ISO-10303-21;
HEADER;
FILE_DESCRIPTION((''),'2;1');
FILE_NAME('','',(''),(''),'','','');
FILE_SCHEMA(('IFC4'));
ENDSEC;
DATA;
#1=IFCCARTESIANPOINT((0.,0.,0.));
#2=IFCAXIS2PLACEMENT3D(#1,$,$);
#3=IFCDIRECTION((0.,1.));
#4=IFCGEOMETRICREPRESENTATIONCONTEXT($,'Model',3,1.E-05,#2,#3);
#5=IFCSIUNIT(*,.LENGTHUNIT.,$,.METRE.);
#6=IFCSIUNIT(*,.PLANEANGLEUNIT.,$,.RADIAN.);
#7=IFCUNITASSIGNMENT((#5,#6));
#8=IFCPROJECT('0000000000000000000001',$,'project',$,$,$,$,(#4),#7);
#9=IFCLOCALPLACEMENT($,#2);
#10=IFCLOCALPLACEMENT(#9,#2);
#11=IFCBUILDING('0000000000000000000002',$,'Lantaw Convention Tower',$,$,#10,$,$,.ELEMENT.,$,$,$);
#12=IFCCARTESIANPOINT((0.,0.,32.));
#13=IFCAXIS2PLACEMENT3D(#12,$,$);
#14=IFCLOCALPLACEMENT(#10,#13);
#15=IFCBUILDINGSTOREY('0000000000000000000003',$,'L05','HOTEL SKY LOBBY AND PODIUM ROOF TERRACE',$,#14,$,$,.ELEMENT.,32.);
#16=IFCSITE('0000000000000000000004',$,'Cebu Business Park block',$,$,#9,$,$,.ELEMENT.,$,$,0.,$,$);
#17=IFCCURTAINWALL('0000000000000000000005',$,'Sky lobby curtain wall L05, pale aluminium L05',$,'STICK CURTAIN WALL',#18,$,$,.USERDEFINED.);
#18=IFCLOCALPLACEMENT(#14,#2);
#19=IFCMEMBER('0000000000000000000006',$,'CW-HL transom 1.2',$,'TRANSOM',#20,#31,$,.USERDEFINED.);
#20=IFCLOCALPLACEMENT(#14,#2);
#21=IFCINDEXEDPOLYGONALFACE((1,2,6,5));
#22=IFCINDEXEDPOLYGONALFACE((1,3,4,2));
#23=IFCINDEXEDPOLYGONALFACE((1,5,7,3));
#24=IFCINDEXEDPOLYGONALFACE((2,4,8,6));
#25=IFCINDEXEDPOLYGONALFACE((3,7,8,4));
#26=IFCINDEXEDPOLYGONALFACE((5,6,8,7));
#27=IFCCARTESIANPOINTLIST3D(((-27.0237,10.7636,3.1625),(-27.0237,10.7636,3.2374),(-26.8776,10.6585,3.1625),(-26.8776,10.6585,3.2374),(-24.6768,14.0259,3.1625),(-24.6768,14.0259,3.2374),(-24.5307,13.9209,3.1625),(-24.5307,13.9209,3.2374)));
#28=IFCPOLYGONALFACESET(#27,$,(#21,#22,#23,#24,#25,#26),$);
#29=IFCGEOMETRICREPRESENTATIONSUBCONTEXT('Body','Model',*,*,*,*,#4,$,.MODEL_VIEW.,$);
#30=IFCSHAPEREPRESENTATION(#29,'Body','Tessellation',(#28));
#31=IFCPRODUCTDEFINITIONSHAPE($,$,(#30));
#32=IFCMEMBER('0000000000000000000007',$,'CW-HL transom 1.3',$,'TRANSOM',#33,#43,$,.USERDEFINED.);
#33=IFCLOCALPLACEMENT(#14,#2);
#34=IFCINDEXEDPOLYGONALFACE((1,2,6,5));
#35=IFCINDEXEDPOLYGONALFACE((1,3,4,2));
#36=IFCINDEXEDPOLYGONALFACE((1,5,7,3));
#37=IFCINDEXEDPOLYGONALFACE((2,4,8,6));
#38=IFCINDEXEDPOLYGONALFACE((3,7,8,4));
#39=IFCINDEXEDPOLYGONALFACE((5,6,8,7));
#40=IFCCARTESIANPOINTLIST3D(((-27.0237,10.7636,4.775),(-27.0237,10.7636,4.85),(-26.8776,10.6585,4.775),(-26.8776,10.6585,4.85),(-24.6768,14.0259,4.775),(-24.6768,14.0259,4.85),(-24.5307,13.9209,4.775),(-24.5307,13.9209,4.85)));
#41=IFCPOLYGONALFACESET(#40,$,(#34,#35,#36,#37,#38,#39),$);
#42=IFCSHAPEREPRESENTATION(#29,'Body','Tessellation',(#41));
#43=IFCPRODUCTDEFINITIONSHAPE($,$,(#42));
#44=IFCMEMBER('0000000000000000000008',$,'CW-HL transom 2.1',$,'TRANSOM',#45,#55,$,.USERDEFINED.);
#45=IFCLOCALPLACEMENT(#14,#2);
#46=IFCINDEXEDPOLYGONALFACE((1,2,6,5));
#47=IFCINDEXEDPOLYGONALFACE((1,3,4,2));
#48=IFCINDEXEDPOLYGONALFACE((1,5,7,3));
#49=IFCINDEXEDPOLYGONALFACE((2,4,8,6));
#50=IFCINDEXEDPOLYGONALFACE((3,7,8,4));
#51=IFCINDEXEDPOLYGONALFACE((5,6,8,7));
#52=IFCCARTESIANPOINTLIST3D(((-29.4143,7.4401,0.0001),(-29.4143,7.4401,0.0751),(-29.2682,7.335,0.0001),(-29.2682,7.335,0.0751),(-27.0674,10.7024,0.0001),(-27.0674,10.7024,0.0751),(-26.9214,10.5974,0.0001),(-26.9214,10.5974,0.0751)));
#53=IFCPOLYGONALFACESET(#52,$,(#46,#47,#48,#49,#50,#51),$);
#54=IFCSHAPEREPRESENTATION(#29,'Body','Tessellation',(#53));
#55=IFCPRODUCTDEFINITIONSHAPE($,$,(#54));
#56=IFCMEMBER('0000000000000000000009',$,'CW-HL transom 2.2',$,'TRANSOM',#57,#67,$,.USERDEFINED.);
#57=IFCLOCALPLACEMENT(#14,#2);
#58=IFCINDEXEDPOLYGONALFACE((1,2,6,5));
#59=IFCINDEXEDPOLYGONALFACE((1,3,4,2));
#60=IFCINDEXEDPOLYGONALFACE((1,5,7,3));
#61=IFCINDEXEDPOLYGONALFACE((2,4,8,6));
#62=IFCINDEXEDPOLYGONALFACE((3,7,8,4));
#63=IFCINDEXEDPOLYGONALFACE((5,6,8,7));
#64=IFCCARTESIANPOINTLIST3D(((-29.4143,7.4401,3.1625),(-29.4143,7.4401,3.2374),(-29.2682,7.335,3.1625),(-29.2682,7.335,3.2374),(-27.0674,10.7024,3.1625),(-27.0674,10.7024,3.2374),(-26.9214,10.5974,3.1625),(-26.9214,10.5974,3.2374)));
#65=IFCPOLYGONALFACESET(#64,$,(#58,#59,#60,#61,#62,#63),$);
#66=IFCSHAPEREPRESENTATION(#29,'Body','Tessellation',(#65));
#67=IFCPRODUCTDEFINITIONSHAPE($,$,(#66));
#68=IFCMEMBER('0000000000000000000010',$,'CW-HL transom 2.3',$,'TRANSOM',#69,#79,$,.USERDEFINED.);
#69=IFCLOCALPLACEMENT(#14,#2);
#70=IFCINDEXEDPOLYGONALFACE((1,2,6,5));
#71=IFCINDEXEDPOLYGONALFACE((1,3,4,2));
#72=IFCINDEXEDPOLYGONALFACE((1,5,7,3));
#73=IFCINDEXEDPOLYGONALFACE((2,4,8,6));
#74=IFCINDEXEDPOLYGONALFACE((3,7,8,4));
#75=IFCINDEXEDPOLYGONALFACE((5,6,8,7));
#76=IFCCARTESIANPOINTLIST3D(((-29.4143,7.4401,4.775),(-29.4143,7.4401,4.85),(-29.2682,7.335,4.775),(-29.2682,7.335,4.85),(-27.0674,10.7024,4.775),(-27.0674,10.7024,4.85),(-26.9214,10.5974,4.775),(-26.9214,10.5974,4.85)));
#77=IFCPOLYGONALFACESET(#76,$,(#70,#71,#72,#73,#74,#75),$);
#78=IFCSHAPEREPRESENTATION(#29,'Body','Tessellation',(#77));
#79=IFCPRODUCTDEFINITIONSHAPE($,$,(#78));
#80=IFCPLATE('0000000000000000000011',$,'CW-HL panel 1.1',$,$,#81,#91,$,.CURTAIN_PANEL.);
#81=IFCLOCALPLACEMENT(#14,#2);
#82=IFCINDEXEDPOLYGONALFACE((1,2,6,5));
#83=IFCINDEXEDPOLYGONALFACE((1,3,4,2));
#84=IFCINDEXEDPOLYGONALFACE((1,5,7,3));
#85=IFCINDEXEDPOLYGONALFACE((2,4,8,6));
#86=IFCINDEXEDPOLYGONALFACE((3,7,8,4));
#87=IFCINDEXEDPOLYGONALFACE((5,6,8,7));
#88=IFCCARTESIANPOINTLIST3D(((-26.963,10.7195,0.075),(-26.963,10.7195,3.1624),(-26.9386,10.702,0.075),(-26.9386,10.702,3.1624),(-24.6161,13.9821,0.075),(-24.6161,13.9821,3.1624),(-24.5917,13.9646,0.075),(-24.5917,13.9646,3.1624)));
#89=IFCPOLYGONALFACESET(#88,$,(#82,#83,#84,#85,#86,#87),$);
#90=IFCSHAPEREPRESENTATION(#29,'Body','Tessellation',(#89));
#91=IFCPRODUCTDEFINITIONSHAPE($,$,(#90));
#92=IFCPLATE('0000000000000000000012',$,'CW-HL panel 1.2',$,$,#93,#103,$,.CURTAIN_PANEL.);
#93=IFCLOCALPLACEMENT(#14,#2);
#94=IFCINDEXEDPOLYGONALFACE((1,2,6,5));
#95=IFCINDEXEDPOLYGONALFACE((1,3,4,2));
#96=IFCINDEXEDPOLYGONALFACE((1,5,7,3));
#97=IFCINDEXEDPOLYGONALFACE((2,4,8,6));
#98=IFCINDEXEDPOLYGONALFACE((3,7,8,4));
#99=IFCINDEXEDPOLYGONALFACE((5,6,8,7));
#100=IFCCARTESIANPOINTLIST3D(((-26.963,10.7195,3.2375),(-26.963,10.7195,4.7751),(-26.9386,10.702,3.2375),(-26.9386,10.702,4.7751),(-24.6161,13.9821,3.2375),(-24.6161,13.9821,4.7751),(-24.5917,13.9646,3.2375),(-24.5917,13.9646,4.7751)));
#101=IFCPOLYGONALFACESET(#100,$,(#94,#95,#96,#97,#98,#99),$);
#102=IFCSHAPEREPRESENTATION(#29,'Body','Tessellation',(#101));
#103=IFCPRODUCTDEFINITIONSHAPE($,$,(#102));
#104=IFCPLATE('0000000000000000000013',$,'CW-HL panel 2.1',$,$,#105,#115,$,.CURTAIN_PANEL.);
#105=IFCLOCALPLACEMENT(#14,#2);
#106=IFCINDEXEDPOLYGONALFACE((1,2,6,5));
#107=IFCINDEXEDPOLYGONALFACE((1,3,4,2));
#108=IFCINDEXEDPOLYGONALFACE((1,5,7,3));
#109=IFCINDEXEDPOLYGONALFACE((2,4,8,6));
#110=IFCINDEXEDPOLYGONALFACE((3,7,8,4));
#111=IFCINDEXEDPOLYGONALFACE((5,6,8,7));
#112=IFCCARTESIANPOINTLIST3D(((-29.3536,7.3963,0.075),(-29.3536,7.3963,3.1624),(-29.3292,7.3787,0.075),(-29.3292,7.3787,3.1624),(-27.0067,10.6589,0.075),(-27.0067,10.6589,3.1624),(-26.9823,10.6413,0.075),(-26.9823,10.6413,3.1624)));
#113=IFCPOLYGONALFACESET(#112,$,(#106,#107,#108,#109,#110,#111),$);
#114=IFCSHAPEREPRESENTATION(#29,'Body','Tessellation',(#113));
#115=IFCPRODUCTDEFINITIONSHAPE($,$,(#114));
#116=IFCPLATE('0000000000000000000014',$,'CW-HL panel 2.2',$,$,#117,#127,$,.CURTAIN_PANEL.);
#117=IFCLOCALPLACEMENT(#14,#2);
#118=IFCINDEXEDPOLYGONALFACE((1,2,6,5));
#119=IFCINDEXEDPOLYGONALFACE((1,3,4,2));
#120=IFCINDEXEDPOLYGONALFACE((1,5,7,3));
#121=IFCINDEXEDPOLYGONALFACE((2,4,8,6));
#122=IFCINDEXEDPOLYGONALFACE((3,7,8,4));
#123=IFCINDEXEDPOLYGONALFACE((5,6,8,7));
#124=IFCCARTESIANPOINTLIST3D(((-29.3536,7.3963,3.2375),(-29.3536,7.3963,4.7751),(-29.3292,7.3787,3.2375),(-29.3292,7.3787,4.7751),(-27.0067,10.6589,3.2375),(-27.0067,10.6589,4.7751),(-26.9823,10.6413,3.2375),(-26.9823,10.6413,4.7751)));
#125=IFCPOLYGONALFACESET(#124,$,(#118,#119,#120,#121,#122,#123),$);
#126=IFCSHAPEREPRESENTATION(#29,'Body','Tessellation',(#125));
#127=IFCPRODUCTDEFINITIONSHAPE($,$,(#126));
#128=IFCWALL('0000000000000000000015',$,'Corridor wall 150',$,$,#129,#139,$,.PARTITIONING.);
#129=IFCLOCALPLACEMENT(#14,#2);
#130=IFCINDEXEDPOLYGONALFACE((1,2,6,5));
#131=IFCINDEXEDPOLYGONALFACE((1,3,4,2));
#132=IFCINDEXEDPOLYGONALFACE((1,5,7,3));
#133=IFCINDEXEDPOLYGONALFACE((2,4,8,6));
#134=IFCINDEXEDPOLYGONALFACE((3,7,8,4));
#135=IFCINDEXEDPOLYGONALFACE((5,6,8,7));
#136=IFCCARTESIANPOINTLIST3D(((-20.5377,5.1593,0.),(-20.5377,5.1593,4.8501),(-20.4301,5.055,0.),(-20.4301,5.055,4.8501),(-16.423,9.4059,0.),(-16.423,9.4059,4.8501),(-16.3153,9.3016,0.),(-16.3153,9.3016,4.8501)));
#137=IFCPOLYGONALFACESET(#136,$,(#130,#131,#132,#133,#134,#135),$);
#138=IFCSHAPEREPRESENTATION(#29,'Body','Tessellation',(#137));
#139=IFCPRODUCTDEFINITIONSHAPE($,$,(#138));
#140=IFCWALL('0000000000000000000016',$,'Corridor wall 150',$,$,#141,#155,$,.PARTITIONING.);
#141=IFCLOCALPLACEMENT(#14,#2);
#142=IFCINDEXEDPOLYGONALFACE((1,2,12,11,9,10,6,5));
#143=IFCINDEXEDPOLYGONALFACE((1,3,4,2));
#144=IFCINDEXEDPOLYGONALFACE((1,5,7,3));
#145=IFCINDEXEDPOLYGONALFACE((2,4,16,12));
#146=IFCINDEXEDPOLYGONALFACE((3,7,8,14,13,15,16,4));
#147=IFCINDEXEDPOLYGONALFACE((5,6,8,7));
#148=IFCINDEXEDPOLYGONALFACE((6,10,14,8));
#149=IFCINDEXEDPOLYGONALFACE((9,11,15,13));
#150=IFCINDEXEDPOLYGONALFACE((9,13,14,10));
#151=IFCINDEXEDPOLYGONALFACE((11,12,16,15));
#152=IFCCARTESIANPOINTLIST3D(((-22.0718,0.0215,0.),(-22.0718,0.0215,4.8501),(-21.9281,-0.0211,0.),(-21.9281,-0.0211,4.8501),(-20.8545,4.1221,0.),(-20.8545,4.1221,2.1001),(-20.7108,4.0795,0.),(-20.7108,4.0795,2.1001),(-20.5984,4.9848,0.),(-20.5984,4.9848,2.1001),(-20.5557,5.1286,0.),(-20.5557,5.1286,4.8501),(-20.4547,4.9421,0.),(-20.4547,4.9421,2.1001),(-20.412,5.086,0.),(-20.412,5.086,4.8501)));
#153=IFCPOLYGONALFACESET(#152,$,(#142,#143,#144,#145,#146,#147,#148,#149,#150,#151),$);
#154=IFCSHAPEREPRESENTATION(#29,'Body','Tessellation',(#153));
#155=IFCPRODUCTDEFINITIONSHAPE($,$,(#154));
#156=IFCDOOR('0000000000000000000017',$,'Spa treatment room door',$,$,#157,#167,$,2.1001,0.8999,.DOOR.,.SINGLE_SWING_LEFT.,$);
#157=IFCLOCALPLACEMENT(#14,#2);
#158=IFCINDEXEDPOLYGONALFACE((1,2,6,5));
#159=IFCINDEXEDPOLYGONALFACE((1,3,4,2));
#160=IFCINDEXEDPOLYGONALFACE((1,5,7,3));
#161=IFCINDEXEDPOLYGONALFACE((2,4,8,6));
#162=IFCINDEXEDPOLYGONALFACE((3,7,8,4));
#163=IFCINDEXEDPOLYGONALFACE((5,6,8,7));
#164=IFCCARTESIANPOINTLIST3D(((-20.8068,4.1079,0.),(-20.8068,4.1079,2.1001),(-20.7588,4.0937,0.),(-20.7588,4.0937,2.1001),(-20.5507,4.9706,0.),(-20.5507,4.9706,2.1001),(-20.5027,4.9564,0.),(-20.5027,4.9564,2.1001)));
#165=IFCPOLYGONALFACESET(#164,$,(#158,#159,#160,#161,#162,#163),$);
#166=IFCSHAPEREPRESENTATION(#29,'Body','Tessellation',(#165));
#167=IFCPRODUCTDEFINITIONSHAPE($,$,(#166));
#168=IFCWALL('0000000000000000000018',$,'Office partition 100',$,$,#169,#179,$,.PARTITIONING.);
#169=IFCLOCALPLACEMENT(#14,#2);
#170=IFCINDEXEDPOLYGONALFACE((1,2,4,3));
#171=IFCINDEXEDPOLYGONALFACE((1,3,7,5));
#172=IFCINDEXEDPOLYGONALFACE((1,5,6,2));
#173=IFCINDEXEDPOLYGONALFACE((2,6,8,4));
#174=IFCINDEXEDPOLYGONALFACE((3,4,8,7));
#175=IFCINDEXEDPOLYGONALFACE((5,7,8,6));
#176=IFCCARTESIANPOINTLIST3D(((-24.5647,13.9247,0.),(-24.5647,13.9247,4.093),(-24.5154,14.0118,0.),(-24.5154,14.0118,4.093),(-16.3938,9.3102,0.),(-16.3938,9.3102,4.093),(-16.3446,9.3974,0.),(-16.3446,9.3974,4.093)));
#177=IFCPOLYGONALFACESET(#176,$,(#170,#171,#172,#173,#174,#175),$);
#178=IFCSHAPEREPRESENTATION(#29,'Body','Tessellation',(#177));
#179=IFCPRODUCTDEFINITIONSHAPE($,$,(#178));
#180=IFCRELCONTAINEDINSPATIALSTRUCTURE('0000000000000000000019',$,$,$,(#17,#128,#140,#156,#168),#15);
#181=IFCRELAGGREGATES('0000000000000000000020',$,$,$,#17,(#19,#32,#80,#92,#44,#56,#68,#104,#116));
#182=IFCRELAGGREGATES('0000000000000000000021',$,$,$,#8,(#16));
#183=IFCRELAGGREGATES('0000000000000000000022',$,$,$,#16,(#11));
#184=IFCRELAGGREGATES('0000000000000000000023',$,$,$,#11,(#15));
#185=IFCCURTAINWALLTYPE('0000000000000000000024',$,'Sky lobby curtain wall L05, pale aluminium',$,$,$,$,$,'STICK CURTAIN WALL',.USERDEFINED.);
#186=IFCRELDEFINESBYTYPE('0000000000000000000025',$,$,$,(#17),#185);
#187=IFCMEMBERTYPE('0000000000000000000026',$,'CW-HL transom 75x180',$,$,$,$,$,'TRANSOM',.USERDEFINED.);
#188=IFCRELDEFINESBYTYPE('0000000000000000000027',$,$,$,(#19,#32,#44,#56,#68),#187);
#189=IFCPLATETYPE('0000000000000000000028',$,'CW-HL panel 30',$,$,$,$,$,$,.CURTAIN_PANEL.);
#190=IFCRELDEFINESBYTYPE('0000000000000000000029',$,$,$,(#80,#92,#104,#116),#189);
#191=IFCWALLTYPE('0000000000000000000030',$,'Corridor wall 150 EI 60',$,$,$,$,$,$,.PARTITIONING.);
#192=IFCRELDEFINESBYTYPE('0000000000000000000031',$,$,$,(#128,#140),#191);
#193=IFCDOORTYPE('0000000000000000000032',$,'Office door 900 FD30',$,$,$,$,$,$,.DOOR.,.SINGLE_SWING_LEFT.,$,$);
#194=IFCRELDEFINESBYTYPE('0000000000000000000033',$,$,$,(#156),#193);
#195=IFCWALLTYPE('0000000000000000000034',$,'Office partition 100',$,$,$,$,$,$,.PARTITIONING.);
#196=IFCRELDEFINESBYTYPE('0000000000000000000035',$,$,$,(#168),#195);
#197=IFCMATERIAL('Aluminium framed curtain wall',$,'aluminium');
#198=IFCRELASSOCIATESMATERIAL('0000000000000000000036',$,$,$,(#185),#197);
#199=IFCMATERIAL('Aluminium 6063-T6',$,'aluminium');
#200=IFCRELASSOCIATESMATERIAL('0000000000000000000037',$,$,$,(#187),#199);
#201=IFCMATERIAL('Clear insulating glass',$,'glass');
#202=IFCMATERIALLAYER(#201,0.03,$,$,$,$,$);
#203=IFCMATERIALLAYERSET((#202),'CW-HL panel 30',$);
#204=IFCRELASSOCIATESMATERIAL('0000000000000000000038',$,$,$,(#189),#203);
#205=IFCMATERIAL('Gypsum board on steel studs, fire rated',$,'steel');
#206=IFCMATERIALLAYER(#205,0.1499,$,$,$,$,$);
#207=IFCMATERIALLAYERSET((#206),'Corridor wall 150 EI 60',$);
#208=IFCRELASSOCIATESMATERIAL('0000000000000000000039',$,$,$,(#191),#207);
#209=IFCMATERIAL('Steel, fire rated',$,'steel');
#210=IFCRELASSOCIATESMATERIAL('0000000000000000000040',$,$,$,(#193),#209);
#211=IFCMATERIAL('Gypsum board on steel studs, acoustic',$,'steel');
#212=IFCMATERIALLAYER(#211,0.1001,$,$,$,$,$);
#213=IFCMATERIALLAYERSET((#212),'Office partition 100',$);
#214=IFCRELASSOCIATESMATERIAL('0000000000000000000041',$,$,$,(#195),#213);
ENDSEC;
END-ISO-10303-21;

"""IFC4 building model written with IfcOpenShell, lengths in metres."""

from ifc_helpers import new_model, si_unit, direction, frame, frame_2d, origin, origin_2d, place, context, subcontext, project, spatial, rectangle, extrude, material, layer, layer_set, material_profile, profile_set, type_object, element, fill, aggregate, save


model = new_model("IFC4")

# Units and contexts
model_context = context("Model", 3, precision=1e-05, world=origin(), true_north=direction((0.0, 1.0)))
body_context = subcontext(model_context, "Body", "Model", "MODEL_VIEW")
ifc_project = project(units=[si_unit("LENGTHUNIT", "METRE"), si_unit("PLANEANGLEUNIT", "RADIAN")], contexts=[model_context])

# Site, building, storey
site_placement = place(None, origin())
site = spatial("IfcSite", under=ifc_project, at=site_placement, Name="Cebu Business Park block", CompositionType="ELEMENT", RefElevation=0.0)
building_placement = place(site_placement, origin())
building = spatial("IfcBuilding", under=site, at=building_placement, Name="Lantaw Convention Tower", CompositionType="ELEMENT")
storey_placement = place(building_placement, frame((0.0, 0.0, 32.0)))
storey = spatial("IfcBuildingStorey", under=building, at=storey_placement, Name="L05", Description="HOTEL SKY LOBBY AND PODIUM ROOF TERRACE", CompositionType="ELEMENT", Elevation=32.0)

# Curtain wall, members, plates
ifc_material_1 = material(Name="Aluminium framed curtain wall", Category="aluminium")
curtain_wall_type = type_object("IfcCurtainWallType", Name="Sky lobby curtain wall L05, pale aluminium", ElementType="STICK CURTAIN WALL", PredefinedType="USERDEFINED", material=ifc_material_1)
curtain_wall_placement = place(storey_placement, origin())
curtain_wall = element("IfcCurtainWall", 1, at=curtain_wall_placement, inside=storey, type_object=curtain_wall_type, Name="Sky lobby curtain wall L05, pale aluminium L05", ObjectType="STICK CURTAIN WALL", PredefinedType="USERDEFINED")
ifc_material_2 = material(Name="Aluminium 6063-T6", Category="aluminium")
ifc_material_profile_1 = material_profile(ifc_material_2, rectangle(XDim=0.1799, YDim=0.075, at=origin_2d()), Name="CW-HL transom 75x180")
ifc_profile_set_1 = profile_set([ifc_material_profile_1], Name="Aluminium 6063-T6")
member_type_1 = type_object("IfcMemberType", Name="CW-HL transom 75x180", ElementType="TRANSOM", PredefinedType="USERDEFINED", material=ifc_profile_set_1)
member_1_placement = place(storey_placement, frame((-24.6038, 13.9734, 3.2), z_axis=(-0.58397, -0.811775, 0.0), x_axis=(0.811775, -0.58397, 0.0)))
member_1 = element("IfcMember", 2, at=member_1_placement, type_object=member_type_1, Name="CW-HL transom 1.2", ObjectType="TRANSOM", PredefinedType="USERDEFINED", context=body_context, shape_type="SweptSolid", body=[
    extrude(rectangle(XDim=0.1799, YDim=0.075, at=origin_2d()), origin(), (0.0, 0.0, 1.0), 4.0188),
])
member_2_placement = place(storey_placement, frame((-24.6038, 13.9734, 4.8125), z_axis=(-0.58397, -0.811775, 0.0), x_axis=(0.811775, -0.58397, 0.0)))
member_2 = element("IfcMember", 3, at=member_2_placement, type_object=member_type_1, Name="CW-HL transom 1.3", ObjectType="TRANSOM", PredefinedType="USERDEFINED", context=body_context, shape_type="SweptSolid", body=[
    extrude(rectangle(XDim=0.1799, YDim=0.075, at=origin_2d()), origin(), (0.0, 0.0, 1.0), 4.0188),
])
member_3_placement = place(storey_placement, frame((-26.9944, 10.6499, 0.0376), z_axis=(-0.58397, -0.811775, 0.0), x_axis=(0.811775, -0.58397, 0.0)))
member_3 = element("IfcMember", 4, at=member_3_placement, type_object=member_type_1, Name="CW-HL transom 2.1", ObjectType="TRANSOM", PredefinedType="USERDEFINED", context=body_context, shape_type="SweptSolid", body=[
    extrude(rectangle(XDim=0.1799, YDim=0.075, at=origin_2d()), origin(), (0.0, 0.0, 1.0), 4.0188),
])
member_4_placement = place(storey_placement, frame((-26.9944, 10.6499, 3.2), z_axis=(-0.58397, -0.811775, 0.0), x_axis=(0.811775, -0.58397, 0.0)))
member_4 = element("IfcMember", 5, at=member_4_placement, type_object=member_type_1, Name="CW-HL transom 2.2", ObjectType="TRANSOM", PredefinedType="USERDEFINED", context=body_context, shape_type="SweptSolid", body=[
    extrude(rectangle(XDim=0.1799, YDim=0.075, at=origin_2d()), origin(), (0.0, 0.0, 1.0), 4.0188),
])
member_5_placement = place(storey_placement, frame((-26.9944, 10.6499, 4.8125), z_axis=(-0.58397, -0.811775, 0.0), x_axis=(0.811775, -0.58397, 0.0)))
member_5 = element("IfcMember", 6, at=member_5_placement, type_object=member_type_1, Name="CW-HL transom 2.3", ObjectType="TRANSOM", PredefinedType="USERDEFINED", context=body_context, shape_type="SweptSolid", body=[
    extrude(rectangle(XDim=0.1799, YDim=0.075, at=origin_2d()), origin(), (0.0, 0.0, 1.0), 4.0188),
])
ifc_material_3 = material(Name="Clear insulating glass", Category="glass")
ifc_layer_1 = layer(ifc_material_3, 0.03)
ifc_layer_set_1 = layer_set([ifc_layer_1], Name="CW-HL panel 30")
plate_type = type_object("IfcPlateType", Name="CW-HL panel 30", PredefinedType="CURTAIN_PANEL", material=ifc_layer_set_1)
plate_1_placement = place(storey_placement, frame((-25.7773, 12.342, 0.075), z_axis=(0.0, 0.0, 1.0), x_axis=(-0.583951, -0.811789, 0.0)))
plate_1 = element("IfcPlate", 7, at=plate_1_placement, type_object=plate_type, Name="CW-HL panel 1.1", PredefinedType="CURTAIN_PANEL", context=body_context, shape_type="SweptSolid", body=[
    extrude(rectangle(XDim=4.019, YDim=0.03, at=origin_2d()), origin(), (0.0, 0.0, 1.0), 3.0874),
])
plate_2_placement = place(storey_placement, frame((-25.7773, 12.342, 3.2375), z_axis=(0.0, 0.0, 1.0), x_axis=(-0.583951, -0.811789, 0.0)))
plate_2 = element("IfcPlate", 8, at=plate_2_placement, type_object=plate_type, Name="CW-HL panel 1.2", PredefinedType="CURTAIN_PANEL", context=body_context, shape_type="SweptSolid", body=[
    extrude(rectangle(XDim=4.019, YDim=0.03, at=origin_2d()), origin(), (0.0, 0.0, 1.0), 1.5376),
])
plate_3_placement = place(storey_placement, frame((-28.168, 9.0188, 0.075), z_axis=(0.0, 0.0, 1.0), x_axis=(-0.583951, -0.811789, 0.0)))
plate_3 = element("IfcPlate", 9, at=plate_3_placement, type_object=plate_type, Name="CW-HL panel 2.1", PredefinedType="CURTAIN_PANEL", context=body_context, shape_type="SweptSolid", body=[
    extrude(rectangle(XDim=4.019, YDim=0.03, at=origin_2d()), origin(), (0.0, 0.0, 1.0), 3.0874),
])
plate_4_placement = place(storey_placement, frame((-28.168, 9.0188, 3.2375), z_axis=(0.0, 0.0, 1.0), x_axis=(-0.583951, -0.811789, 0.0)))
plate_4 = element("IfcPlate", 10, at=plate_4_placement, type_object=plate_type, Name="CW-HL panel 2.2", PredefinedType="CURTAIN_PANEL", context=body_context, shape_type="SweptSolid", body=[
    extrude(rectangle(XDim=4.019, YDim=0.03, at=origin_2d()), origin(), (0.0, 0.0, 1.0), 1.5376),
])
aggregate(curtain_wall, [member_1, member_2, plate_1, plate_2, member_3, member_4, member_5, plate_3, plate_4])

# Wall
ifc_material_4 = material(Name="Gypsum board on steel studs, fire rated", Category="steel")
ifc_layer_2 = layer(ifc_material_4, 0.1499)
ifc_layer_set_2 = layer_set([ifc_layer_2], Name="Corridor wall 150 EI 60")
wall_type_1 = type_object("IfcWallType", Name="Corridor wall 150 EI 60", PredefinedType="PARTITIONING", material=ifc_layer_set_2)
wall_1_placement = place(storey_placement, frame((-16.3691, 9.3538, 0.0), z_axis=(0.0, 0.0, 1.0), x_axis=(-0.695871, -0.718167, 0.0)))
element("IfcWall", 11, at=wall_1_placement, inside=storey, type_object=wall_type_1, Name="Corridor wall 150", PredefinedType="PARTITIONING", context=body_context, shape_type="SweptSolid", body=[
    extrude(rectangle(XDim=5.9131, YDim=0.1499, at=frame_2d((2.9565, 0.0))), origin(), (0.0, 0.0, 1.0), 4.8501),
])

# Wall, opening, door
wall_2_placement = place(storey_placement, frame((-20.4839, 5.1072, 0.0), z_axis=(0.0, 0.0, 1.0), x_axis=(-0.284584, -0.958651, 0.0)))
wall_2 = element("IfcWall", 12, at=wall_2_placement, inside=storey, type_object=wall_type_1, Name="Corridor wall 150", PredefinedType="PARTITIONING", context=body_context, shape_type="SweptSolid", body=[
    extrude(rectangle(XDim=5.3274, YDim=0.1499, at=frame_2d((2.6636, 0.0))), origin(), (0.0, 0.0, 1.0), 4.8501),
])
opening_placement = place(wall_2_placement, frame((0.1499, 0.0, 0.0)))
opening = element("IfcOpeningElement", 13, at=opening_placement, cuts=wall_2, PredefinedType="OPENING", context=body_context, shape_type="SweptSolid", body=[
    extrude(rectangle(XDim=0.8999, YDim=2.1001, at=frame_2d((0.45, 1.05))), frame((0.0, 0.085, 0.0), z_axis=(0.0, -1.0, 0.0), x_axis=(1.0, 0.0, 0.0)), (0.0, 0.0, 1.0), 0.1699),
])
ifc_material_5 = material(Name="Steel, fire rated", Category="steel")
door_type = type_object("IfcDoorType", Name="Office door 900 FD30", OperationType="SINGLE_SWING_LEFT", PredefinedType="DOOR", material=ifc_material_5)
door_placement = place(opening_placement, origin())
door = element("IfcDoor", 14, at=door_placement, inside=storey, type_object=door_type, Name="Spa treatment room door", OperationType="SINGLE_SWING_LEFT", OverallHeight=2.1001, OverallWidth=0.8999, PredefinedType="DOOR", context=body_context, shape_type="SweptSolid", body=[
    extrude(rectangle(XDim=0.8999, YDim=2.1001, at=frame_2d((0.45, 1.05))), frame((0.0, 0.0249, 0.0), z_axis=(0.0, -1.0, 0.0), x_axis=(1.0, 0.0, 0.0)), (0.0, 0.0, 1.0), 0.05),
])
fill(opening, door)

# Wall
ifc_material_6 = material(Name="Gypsum board on steel studs, acoustic", Category="steel")
ifc_layer_3 = layer(ifc_material_6, 0.1001)
ifc_layer_set_3 = layer_set([ifc_layer_3], Name="Office partition 100")
wall_type_2 = type_object("IfcWallType", Name="Office partition 100", PredefinedType="PARTITIONING", material=ifc_layer_set_3)
wall_3_placement = place(storey_placement, frame((-24.54, 13.9683, 0.0), z_axis=(0.0, 0.0, 1.0), x_axis=(0.870738, -0.491748, 0.0)))
element("IfcWall", 15, at=wall_3_placement, inside=storey, type_object=wall_type_2, Name="Office partition 100", PredefinedType="PARTITIONING", context=body_context, shape_type="SweptSolid", body=[
    extrude(rectangle(XDim=9.3838, YDim=0.1001, at=frame_2d((4.6919, 0.0))), origin(), (0.0, 0.0, 1.0), 4.093),
])

save(model, "model.ifc")
